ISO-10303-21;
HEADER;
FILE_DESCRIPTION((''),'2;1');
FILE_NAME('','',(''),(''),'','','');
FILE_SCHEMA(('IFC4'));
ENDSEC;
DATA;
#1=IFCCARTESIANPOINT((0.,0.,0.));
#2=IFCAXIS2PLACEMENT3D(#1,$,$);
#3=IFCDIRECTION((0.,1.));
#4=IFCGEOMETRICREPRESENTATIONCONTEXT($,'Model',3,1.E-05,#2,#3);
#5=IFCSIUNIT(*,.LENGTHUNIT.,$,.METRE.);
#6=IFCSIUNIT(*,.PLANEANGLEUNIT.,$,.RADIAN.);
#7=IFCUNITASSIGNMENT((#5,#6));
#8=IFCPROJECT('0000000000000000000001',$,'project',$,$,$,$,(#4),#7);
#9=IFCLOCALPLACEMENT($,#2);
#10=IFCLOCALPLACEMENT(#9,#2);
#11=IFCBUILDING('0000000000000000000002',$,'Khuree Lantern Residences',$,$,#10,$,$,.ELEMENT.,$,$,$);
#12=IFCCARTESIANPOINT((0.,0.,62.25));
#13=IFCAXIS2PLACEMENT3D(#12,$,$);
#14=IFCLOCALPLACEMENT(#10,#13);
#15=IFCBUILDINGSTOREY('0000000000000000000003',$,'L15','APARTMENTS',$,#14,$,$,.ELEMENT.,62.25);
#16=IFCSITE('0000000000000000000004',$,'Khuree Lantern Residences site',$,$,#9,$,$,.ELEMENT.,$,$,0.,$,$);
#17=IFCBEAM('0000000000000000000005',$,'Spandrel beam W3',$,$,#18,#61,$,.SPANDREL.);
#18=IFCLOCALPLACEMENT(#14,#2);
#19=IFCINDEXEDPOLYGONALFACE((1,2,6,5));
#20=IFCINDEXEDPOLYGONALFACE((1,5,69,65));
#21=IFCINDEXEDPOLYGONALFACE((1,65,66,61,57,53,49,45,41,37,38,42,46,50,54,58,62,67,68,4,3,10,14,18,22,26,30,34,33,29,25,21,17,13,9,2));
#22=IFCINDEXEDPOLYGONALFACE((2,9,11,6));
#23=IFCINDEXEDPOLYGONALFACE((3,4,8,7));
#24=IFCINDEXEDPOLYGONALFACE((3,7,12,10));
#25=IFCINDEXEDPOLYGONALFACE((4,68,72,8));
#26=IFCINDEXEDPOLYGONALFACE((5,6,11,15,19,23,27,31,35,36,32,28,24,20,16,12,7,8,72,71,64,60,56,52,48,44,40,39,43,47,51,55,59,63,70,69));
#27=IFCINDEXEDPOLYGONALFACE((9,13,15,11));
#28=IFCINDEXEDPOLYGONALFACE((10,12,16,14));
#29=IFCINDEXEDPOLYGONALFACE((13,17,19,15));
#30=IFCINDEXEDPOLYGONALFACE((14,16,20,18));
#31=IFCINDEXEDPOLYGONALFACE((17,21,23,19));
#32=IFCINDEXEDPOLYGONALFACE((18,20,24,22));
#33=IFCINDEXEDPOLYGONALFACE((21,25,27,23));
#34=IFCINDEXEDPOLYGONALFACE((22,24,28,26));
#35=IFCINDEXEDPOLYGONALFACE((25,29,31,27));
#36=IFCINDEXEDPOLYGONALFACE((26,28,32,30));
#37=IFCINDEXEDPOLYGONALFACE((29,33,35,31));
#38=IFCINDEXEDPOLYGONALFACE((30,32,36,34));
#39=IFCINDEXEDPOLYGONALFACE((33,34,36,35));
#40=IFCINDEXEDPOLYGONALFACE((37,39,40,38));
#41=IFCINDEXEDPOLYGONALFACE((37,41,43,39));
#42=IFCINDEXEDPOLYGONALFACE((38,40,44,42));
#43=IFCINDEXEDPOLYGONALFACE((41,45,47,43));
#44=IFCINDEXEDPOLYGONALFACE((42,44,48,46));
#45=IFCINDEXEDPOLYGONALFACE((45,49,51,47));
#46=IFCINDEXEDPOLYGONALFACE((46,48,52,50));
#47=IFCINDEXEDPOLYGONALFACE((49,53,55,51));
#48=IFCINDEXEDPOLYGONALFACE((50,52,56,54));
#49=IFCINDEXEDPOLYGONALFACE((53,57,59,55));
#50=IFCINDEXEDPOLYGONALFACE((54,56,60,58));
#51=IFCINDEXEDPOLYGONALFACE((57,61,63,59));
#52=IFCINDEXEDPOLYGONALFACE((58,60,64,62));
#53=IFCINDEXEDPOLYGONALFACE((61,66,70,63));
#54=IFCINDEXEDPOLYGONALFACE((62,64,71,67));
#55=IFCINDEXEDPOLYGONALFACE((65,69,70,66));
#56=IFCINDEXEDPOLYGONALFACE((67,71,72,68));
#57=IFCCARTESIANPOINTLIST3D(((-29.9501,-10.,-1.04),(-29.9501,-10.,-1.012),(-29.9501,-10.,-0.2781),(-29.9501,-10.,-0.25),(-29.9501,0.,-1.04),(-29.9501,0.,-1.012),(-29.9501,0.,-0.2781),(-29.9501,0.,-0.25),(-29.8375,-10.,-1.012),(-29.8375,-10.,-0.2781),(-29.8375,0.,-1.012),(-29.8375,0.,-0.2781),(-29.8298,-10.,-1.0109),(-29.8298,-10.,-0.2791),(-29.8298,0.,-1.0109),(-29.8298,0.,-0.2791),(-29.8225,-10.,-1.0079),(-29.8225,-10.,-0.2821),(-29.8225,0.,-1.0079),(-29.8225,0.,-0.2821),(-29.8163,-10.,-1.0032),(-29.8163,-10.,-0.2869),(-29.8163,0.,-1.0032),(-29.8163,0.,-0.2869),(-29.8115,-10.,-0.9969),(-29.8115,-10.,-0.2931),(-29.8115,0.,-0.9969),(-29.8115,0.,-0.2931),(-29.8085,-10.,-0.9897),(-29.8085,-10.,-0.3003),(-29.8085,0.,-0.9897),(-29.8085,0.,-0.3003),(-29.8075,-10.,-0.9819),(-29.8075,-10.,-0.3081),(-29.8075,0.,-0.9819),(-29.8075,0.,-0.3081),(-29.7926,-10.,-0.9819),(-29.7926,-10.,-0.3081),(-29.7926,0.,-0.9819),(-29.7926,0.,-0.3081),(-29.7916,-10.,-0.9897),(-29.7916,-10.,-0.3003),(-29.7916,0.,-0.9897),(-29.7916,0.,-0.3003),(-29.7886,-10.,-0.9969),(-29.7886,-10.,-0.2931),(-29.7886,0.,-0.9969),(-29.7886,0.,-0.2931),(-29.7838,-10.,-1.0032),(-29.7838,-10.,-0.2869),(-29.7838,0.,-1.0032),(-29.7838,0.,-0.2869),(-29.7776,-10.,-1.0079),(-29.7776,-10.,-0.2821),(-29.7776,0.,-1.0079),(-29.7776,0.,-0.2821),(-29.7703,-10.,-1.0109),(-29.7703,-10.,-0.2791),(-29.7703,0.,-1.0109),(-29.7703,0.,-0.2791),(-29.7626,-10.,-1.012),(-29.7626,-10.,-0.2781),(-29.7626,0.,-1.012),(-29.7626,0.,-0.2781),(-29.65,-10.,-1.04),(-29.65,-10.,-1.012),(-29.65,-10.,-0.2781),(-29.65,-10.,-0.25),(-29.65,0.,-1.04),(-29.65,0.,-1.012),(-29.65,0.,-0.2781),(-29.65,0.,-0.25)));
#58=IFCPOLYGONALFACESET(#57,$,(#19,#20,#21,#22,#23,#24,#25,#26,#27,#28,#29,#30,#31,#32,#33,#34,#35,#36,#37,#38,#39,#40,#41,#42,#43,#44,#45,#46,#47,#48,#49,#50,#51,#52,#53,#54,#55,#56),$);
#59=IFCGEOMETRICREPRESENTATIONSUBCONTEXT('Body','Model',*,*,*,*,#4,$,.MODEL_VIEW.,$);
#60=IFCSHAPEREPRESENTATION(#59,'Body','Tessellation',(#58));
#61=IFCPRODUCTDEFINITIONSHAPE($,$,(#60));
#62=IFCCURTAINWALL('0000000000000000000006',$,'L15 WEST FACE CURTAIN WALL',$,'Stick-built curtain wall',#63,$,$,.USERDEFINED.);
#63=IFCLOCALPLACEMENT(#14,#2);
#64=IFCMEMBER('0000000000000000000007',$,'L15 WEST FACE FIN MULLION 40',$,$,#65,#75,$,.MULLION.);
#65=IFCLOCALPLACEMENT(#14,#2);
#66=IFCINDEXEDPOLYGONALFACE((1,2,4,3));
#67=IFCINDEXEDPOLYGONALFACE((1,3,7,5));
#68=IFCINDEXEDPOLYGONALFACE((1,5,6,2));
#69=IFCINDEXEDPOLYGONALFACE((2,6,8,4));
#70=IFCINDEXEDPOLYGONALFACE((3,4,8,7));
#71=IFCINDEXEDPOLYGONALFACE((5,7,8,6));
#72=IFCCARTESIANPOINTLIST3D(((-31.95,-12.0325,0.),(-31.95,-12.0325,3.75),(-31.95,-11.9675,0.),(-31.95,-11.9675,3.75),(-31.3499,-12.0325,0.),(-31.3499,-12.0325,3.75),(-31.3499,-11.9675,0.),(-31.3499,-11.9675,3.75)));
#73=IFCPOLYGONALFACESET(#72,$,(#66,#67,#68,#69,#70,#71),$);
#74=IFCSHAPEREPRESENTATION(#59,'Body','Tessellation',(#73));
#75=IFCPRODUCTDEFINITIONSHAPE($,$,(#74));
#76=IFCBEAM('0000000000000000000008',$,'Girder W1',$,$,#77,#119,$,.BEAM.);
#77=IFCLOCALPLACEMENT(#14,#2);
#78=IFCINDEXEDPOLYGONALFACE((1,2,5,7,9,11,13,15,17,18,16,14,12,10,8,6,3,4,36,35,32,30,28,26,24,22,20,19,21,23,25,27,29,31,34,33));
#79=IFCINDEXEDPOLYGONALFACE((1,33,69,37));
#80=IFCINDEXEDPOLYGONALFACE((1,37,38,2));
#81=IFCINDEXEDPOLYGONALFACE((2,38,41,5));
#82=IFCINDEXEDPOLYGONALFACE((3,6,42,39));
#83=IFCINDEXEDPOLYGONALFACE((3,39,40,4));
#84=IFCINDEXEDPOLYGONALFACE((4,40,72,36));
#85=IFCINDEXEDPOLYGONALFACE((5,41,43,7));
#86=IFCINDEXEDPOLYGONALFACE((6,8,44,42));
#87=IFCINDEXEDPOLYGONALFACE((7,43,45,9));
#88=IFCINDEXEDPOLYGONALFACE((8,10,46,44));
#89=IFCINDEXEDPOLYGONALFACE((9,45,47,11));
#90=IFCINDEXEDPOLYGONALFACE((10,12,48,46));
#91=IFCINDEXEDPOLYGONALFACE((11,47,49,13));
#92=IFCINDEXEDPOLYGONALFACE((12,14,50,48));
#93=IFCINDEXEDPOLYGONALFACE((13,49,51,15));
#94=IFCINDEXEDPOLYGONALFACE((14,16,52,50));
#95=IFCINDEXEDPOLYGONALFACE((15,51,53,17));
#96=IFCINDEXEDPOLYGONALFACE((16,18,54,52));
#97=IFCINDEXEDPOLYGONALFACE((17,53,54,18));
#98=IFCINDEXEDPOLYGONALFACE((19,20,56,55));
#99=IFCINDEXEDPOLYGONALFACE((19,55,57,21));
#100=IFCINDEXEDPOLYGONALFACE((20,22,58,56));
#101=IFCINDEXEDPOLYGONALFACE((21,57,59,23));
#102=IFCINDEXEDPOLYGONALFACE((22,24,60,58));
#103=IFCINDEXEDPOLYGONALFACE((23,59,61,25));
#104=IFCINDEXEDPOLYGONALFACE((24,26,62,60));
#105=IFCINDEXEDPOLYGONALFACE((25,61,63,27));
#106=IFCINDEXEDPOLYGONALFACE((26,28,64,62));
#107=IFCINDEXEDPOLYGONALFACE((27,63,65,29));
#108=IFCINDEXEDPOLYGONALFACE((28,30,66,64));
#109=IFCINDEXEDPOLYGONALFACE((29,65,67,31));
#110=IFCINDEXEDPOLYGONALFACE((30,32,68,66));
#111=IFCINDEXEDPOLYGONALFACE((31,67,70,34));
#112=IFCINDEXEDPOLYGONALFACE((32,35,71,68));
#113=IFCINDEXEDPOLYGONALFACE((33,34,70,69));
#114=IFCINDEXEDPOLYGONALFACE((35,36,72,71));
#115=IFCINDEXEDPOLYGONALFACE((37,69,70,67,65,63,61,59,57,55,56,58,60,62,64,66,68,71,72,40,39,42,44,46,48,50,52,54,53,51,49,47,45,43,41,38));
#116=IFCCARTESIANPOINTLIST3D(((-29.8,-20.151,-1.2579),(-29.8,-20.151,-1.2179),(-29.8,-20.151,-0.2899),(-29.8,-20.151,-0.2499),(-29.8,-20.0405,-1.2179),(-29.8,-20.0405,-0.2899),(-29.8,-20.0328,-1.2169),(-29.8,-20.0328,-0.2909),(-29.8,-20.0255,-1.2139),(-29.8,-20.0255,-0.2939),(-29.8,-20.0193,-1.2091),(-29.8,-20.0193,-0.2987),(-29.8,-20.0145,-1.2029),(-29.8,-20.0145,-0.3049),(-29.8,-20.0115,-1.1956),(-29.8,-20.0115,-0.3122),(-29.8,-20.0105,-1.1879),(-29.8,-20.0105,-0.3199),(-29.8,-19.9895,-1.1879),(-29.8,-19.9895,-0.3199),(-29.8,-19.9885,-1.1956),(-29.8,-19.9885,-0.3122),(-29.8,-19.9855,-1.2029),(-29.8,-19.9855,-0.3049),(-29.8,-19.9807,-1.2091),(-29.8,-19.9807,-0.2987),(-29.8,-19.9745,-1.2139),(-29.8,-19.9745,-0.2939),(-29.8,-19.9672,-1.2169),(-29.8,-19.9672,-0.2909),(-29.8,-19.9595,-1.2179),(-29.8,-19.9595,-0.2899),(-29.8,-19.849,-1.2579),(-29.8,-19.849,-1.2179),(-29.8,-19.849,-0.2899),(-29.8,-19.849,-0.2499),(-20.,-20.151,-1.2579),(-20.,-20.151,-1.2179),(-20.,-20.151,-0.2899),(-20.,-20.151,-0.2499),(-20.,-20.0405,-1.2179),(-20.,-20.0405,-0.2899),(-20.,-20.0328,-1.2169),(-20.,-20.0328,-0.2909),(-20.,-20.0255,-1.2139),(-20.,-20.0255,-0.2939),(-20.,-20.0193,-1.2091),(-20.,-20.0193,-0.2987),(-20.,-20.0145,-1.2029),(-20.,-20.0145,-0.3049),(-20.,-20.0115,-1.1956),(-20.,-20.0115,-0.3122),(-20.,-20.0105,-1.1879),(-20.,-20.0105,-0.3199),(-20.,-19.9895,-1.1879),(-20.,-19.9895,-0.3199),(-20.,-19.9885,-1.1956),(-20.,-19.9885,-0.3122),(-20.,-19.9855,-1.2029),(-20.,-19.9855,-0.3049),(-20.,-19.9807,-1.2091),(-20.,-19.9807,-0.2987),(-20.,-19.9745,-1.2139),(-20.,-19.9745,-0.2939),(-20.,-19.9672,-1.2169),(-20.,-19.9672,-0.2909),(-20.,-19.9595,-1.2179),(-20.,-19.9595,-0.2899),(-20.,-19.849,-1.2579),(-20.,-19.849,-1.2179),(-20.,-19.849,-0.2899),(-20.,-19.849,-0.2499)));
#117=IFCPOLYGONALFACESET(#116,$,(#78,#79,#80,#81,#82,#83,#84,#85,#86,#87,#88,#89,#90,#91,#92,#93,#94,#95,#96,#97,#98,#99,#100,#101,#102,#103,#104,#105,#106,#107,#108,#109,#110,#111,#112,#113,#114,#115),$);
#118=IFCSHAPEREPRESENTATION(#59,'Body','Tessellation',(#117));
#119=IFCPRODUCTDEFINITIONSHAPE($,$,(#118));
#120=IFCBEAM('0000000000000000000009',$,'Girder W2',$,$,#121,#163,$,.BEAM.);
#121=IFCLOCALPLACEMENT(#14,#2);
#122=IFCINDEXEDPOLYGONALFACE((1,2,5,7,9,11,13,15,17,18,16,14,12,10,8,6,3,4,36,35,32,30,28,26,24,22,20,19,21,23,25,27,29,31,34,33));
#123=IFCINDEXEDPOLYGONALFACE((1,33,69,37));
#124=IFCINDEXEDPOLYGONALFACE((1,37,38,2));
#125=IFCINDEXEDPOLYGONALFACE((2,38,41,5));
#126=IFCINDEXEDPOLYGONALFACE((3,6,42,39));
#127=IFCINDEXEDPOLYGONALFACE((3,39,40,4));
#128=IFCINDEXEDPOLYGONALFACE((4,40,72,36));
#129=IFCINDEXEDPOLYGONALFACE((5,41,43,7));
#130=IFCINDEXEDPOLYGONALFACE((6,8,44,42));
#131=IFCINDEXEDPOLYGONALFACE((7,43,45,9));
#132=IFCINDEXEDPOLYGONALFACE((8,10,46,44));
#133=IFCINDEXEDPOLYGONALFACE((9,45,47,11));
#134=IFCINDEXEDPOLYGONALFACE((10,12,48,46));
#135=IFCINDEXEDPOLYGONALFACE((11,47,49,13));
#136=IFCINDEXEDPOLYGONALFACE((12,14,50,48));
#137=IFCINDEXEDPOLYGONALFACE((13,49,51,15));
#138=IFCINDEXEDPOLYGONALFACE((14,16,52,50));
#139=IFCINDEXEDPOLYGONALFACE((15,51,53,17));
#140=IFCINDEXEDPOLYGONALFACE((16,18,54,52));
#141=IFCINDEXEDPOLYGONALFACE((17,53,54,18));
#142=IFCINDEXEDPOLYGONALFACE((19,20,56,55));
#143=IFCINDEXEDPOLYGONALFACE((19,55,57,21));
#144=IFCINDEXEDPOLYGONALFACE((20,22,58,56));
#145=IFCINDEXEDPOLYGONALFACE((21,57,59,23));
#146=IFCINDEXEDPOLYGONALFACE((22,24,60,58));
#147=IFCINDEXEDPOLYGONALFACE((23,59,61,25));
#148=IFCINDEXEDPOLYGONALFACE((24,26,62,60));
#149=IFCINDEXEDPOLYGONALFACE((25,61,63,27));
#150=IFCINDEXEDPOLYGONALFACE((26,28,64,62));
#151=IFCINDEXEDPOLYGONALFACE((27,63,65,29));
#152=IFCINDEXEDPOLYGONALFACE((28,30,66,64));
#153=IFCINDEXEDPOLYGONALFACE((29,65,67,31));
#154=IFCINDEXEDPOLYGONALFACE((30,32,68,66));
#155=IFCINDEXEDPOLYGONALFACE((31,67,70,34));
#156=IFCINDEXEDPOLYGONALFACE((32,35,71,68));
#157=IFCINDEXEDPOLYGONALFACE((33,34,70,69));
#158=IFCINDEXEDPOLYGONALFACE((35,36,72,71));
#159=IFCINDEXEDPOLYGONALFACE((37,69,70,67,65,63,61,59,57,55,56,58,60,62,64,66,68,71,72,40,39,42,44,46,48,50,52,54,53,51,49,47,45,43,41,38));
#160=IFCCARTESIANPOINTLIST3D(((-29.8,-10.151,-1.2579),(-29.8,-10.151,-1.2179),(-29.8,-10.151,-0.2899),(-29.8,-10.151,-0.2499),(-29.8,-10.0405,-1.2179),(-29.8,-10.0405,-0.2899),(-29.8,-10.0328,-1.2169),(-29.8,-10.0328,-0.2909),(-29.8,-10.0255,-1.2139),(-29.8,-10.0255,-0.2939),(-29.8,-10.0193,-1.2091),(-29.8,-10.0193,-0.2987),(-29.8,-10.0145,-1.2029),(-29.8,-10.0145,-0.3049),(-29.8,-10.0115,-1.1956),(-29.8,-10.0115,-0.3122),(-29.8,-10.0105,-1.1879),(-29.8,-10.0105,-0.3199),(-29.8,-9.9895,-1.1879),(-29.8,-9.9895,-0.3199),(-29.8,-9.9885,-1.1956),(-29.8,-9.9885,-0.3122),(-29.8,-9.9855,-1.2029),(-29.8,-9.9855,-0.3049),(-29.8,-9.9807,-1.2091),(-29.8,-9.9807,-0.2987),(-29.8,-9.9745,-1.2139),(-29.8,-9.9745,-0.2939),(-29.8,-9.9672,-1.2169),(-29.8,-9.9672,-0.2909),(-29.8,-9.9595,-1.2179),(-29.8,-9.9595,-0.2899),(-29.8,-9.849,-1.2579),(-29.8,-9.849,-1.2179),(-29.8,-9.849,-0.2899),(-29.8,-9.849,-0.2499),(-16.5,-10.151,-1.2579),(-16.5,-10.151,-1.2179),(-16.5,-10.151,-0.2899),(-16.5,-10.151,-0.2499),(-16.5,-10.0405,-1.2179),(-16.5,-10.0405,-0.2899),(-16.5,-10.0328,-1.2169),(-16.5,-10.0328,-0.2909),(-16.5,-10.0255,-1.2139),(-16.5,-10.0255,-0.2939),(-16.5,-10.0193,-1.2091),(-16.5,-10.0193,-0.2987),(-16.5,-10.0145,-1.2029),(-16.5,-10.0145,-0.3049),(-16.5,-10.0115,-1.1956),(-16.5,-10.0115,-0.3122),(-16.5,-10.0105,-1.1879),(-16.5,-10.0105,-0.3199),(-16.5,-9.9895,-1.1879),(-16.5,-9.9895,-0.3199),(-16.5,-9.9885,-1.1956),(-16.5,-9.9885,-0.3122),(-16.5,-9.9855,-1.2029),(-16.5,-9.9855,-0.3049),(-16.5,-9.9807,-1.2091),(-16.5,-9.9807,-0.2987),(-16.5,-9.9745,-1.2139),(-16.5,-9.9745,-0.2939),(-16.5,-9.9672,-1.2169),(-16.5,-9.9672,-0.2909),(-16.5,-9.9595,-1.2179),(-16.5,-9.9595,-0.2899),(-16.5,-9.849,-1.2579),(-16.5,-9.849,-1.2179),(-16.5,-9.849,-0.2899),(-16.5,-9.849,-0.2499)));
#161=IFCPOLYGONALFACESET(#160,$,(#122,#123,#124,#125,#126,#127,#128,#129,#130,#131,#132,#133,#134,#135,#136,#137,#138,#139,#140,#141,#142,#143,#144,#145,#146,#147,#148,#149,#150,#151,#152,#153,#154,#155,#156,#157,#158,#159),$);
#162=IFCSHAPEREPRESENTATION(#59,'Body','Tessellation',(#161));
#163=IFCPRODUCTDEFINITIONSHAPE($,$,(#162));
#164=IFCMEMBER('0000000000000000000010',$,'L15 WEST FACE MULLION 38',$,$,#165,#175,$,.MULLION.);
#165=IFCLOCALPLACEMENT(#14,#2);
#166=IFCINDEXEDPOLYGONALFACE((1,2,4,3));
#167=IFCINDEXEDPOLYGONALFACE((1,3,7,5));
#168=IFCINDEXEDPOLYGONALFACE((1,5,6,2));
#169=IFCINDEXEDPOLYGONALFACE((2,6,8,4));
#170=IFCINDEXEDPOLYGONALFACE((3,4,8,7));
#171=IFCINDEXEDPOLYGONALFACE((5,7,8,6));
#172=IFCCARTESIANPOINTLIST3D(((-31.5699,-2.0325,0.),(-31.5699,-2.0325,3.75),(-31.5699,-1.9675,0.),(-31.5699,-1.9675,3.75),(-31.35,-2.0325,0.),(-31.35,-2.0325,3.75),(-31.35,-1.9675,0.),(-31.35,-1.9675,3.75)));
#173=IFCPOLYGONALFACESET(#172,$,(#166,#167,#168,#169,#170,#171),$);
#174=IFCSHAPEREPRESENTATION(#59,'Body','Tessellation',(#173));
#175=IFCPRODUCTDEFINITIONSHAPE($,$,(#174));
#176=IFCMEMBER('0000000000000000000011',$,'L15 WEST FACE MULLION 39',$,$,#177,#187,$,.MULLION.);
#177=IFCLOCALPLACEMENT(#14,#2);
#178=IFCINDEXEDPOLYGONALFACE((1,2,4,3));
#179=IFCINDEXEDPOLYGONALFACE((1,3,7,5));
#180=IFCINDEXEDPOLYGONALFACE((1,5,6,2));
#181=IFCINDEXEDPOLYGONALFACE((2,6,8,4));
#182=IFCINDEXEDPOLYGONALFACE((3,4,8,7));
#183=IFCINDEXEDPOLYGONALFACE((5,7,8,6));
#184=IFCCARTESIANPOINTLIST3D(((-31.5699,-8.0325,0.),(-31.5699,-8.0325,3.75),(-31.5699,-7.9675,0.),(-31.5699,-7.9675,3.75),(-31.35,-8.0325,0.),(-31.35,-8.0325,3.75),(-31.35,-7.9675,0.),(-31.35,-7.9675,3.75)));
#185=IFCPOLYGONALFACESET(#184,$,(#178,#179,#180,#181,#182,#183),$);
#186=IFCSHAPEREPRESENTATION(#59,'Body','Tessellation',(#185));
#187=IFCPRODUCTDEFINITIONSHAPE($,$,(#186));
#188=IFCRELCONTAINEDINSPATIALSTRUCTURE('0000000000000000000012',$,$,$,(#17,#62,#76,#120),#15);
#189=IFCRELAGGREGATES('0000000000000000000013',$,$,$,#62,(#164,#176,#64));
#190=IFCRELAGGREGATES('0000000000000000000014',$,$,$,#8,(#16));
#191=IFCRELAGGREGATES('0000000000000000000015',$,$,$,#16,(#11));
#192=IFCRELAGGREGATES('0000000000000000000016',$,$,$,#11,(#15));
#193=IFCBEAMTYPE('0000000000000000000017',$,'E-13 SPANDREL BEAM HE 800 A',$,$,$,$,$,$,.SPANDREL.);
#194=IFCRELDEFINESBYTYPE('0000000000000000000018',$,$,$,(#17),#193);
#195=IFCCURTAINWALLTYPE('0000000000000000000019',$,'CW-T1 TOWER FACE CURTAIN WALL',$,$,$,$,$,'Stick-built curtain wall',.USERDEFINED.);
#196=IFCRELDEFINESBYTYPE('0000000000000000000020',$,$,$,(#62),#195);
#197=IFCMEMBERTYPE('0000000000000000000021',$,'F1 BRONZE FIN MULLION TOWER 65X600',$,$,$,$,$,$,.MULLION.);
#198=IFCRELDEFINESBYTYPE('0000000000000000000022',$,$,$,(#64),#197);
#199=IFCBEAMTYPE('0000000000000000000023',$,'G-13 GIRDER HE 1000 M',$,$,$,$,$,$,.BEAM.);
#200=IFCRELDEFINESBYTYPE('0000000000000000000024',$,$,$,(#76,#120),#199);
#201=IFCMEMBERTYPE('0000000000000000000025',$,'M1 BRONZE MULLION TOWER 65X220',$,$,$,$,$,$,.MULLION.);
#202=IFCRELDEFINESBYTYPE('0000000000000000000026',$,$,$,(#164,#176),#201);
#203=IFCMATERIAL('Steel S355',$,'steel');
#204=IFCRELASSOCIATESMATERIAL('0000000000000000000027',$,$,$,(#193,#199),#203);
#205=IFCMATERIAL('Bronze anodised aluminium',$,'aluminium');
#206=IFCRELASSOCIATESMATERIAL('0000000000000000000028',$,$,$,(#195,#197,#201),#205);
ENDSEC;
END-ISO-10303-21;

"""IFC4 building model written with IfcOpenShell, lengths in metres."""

from ifc_helpers import new_model, si_unit, direction, frame, origin, origin_2d, place, context, subcontext, project, spatial, rectangle, i_section, extrude, material, material_profile, profile_set, type_object, element, aggregate, save


model = new_model("IFC4")

# Units and contexts
model_context = context("Model", 3, precision=1e-05, world=origin(), true_north=direction((0.0, 1.0)))
body_context = subcontext(model_context, "Body", "Model", "MODEL_VIEW")
ifc_project = project(units=[si_unit("LENGTHUNIT", "METRE"), si_unit("PLANEANGLEUNIT", "RADIAN")], contexts=[model_context])

# Site, building, storey
site_placement = place(None, origin())
site = spatial("IfcSite", under=ifc_project, at=site_placement, Name="Khuree Lantern Residences site", CompositionType="ELEMENT", RefElevation=0.0)
building_placement = place(site_placement, origin())
building = spatial("IfcBuilding", under=site, at=building_placement, Name="Khuree Lantern Residences", CompositionType="ELEMENT")
storey_placement = place(building_placement, frame((0.0, 0.0, 62.25)))
storey = spatial("IfcBuildingStorey", under=building, at=storey_placement, Name="L15", Description="APARTMENTS", CompositionType="ELEMENT", Elevation=62.25)

# Beam
ifc_material_1 = material(Name="Steel S355", Category="steel")
ifc_material_profile_1 = material_profile(ifc_material_1, i_section(OverallWidth=0.3, OverallDepth=0.79, WebThickness=0.0149, FlangeThickness=0.0281, FilletRadius=0.03, at=origin_2d()), Name="HE 800 A")
ifc_profile_set_1 = profile_set([ifc_material_profile_1], Name="Steel S355")
beam_type_1 = type_object("IfcBeamType", Name="E-13 SPANDREL BEAM HE 800 A", PredefinedType="SPANDREL", material=ifc_profile_set_1)
for number, where, z_axis, x_axis, name in (
    (1, (-29.8, -10.0, -0.645), (0.0, 1.0, 0.0), (-1.0, 0.0, 0.0), "Spandrel beam W3"),
):
    element("IfcBeam", number, at=place(storey_placement, frame(where, z_axis=z_axis, x_axis=x_axis)), inside=storey, type_object=beam_type_1, Name=name, PredefinedType="SPANDREL", context=body_context, shape_type="SweptSolid", body=[
        extrude(i_section(OverallWidth=0.3, OverallDepth=0.79, WebThickness=0.0149, FlangeThickness=0.0281, FilletRadius=0.03, at=origin_2d()), origin(), (0.0, 0.0, 1.0), 10.0),
    ])

# Curtain wall, member
ifc_material_2 = material(Name="Bronze anodised aluminium", Category="aluminium")
curtain_wall_type = type_object("IfcCurtainWallType", Name="CW-T1 TOWER FACE CURTAIN WALL", ElementType="Stick-built curtain wall", PredefinedType="USERDEFINED", material=ifc_material_2)
curtain_wall_placement = place(storey_placement, origin())
curtain_wall = element("IfcCurtainWall", 2, at=curtain_wall_placement, inside=storey, type_object=curtain_wall_type, Name="L15 WEST FACE CURTAIN WALL", ObjectType="Stick-built curtain wall", PredefinedType="USERDEFINED")
ifc_material_profile_2 = material_profile(ifc_material_2, rectangle(XDim=0.0649, YDim=0.6001, at=origin_2d()), Name="F1 65X600")
ifc_profile_set_2 = profile_set([ifc_material_profile_2], Name="Bronze anodised aluminium")
member_type_1 = type_object("IfcMemberType", Name="F1 BRONZE FIN MULLION TOWER 65X600", PredefinedType="MULLION", material=ifc_profile_set_2)
member_1_placement = place(storey_placement, frame((-31.6499, -12.0, 0.0), z_axis=(0.0, 0.0, 1.0), x_axis=(0.0, -1.0, 0.0)))
member_1 = element("IfcMember", 3, at=member_1_placement, type_object=member_type_1, Name="L15 WEST FACE FIN MULLION 40", PredefinedType="MULLION", context=body_context, shape_type="SweptSolid", body=[
    extrude(rectangle(XDim=0.0649, YDim=0.6001, at=origin_2d()), origin(), (0.0, 0.0, 1.0), 3.75),
])

# Beams
ifc_material_profile_3 = material_profile(ifc_material_1, i_section(OverallWidth=0.302, OverallDepth=1.0081, WebThickness=0.021, FlangeThickness=0.04, FilletRadius=0.03, at=origin_2d()), Name="HE 1000 M")
ifc_profile_set_3 = profile_set([ifc_material_profile_3], Name="Steel S355")
beam_type_2 = type_object("IfcBeamType", Name="G-13 GIRDER HE 1000 M", PredefinedType="BEAM", material=ifc_profile_set_3)
beam_1_placement = place(storey_placement, frame((-29.8, -20.0, -0.7539), z_axis=(1.0, 0.0, 0.0), x_axis=(0.0, 1.0, 0.0)))
element("IfcBeam", 4, at=beam_1_placement, inside=storey, type_object=beam_type_2, Name="Girder W1", PredefinedType="BEAM", context=body_context, shape_type="SweptSolid", body=[
    extrude(i_section(OverallWidth=0.302, OverallDepth=1.0081, WebThickness=0.021, FlangeThickness=0.04, FilletRadius=0.03, at=origin_2d()), origin(), (0.0, 0.0, 1.0), 9.8),
])
beam_2_placement = place(storey_placement, frame((-29.8, -10.0, -0.7539), z_axis=(1.0, 0.0, 0.0), x_axis=(0.0, 1.0, 0.0)))
element("IfcBeam", 5, at=beam_2_placement, inside=storey, type_object=beam_type_2, Name="Girder W2", PredefinedType="BEAM", context=body_context, shape_type="SweptSolid", body=[
    extrude(i_section(OverallWidth=0.302, OverallDepth=1.0081, WebThickness=0.021, FlangeThickness=0.04, FilletRadius=0.03, at=origin_2d()), origin(), (0.0, 0.0, 1.0), 13.3),
])

# Members
ifc_material_profile_4 = material_profile(ifc_material_2, rectangle(XDim=0.0649, YDim=0.22, at=origin_2d()), Name="M1 65X220")
ifc_profile_set_4 = profile_set([ifc_material_profile_4], Name="Bronze anodised aluminium")
member_type_2 = type_object("IfcMemberType", Name="M1 BRONZE MULLION TOWER 65X220", PredefinedType="MULLION", material=ifc_profile_set_4)
member_2_placement = place(storey_placement, frame((-31.46, -2.0, 0.0), z_axis=(0.0, 0.0, 1.0), x_axis=(0.0, -1.0, 0.0)))
member_2 = element("IfcMember", 6, at=member_2_placement, type_object=member_type_2, Name="L15 WEST FACE MULLION 38", PredefinedType="MULLION", context=body_context, shape_type="SweptSolid", body=[
    extrude(rectangle(XDim=0.0649, YDim=0.22, at=origin_2d()), origin(), (0.0, 0.0, 1.0), 3.75),
])
member_3_placement = place(storey_placement, frame((-31.46, -8.0, 0.0), z_axis=(0.0, 0.0, 1.0), x_axis=(0.0, -1.0, 0.0)))
member_3 = element("IfcMember", 7, at=member_3_placement, type_object=member_type_2, Name="L15 WEST FACE MULLION 39", PredefinedType="MULLION", context=body_context, shape_type="SweptSolid", body=[
    extrude(rectangle(XDim=0.0649, YDim=0.22, at=origin_2d()), origin(), (0.0, 0.0, 1.0), 3.75),
])

aggregate(curtain_wall, [member_2, member_3, member_1])

save(model, "model.ifc")
